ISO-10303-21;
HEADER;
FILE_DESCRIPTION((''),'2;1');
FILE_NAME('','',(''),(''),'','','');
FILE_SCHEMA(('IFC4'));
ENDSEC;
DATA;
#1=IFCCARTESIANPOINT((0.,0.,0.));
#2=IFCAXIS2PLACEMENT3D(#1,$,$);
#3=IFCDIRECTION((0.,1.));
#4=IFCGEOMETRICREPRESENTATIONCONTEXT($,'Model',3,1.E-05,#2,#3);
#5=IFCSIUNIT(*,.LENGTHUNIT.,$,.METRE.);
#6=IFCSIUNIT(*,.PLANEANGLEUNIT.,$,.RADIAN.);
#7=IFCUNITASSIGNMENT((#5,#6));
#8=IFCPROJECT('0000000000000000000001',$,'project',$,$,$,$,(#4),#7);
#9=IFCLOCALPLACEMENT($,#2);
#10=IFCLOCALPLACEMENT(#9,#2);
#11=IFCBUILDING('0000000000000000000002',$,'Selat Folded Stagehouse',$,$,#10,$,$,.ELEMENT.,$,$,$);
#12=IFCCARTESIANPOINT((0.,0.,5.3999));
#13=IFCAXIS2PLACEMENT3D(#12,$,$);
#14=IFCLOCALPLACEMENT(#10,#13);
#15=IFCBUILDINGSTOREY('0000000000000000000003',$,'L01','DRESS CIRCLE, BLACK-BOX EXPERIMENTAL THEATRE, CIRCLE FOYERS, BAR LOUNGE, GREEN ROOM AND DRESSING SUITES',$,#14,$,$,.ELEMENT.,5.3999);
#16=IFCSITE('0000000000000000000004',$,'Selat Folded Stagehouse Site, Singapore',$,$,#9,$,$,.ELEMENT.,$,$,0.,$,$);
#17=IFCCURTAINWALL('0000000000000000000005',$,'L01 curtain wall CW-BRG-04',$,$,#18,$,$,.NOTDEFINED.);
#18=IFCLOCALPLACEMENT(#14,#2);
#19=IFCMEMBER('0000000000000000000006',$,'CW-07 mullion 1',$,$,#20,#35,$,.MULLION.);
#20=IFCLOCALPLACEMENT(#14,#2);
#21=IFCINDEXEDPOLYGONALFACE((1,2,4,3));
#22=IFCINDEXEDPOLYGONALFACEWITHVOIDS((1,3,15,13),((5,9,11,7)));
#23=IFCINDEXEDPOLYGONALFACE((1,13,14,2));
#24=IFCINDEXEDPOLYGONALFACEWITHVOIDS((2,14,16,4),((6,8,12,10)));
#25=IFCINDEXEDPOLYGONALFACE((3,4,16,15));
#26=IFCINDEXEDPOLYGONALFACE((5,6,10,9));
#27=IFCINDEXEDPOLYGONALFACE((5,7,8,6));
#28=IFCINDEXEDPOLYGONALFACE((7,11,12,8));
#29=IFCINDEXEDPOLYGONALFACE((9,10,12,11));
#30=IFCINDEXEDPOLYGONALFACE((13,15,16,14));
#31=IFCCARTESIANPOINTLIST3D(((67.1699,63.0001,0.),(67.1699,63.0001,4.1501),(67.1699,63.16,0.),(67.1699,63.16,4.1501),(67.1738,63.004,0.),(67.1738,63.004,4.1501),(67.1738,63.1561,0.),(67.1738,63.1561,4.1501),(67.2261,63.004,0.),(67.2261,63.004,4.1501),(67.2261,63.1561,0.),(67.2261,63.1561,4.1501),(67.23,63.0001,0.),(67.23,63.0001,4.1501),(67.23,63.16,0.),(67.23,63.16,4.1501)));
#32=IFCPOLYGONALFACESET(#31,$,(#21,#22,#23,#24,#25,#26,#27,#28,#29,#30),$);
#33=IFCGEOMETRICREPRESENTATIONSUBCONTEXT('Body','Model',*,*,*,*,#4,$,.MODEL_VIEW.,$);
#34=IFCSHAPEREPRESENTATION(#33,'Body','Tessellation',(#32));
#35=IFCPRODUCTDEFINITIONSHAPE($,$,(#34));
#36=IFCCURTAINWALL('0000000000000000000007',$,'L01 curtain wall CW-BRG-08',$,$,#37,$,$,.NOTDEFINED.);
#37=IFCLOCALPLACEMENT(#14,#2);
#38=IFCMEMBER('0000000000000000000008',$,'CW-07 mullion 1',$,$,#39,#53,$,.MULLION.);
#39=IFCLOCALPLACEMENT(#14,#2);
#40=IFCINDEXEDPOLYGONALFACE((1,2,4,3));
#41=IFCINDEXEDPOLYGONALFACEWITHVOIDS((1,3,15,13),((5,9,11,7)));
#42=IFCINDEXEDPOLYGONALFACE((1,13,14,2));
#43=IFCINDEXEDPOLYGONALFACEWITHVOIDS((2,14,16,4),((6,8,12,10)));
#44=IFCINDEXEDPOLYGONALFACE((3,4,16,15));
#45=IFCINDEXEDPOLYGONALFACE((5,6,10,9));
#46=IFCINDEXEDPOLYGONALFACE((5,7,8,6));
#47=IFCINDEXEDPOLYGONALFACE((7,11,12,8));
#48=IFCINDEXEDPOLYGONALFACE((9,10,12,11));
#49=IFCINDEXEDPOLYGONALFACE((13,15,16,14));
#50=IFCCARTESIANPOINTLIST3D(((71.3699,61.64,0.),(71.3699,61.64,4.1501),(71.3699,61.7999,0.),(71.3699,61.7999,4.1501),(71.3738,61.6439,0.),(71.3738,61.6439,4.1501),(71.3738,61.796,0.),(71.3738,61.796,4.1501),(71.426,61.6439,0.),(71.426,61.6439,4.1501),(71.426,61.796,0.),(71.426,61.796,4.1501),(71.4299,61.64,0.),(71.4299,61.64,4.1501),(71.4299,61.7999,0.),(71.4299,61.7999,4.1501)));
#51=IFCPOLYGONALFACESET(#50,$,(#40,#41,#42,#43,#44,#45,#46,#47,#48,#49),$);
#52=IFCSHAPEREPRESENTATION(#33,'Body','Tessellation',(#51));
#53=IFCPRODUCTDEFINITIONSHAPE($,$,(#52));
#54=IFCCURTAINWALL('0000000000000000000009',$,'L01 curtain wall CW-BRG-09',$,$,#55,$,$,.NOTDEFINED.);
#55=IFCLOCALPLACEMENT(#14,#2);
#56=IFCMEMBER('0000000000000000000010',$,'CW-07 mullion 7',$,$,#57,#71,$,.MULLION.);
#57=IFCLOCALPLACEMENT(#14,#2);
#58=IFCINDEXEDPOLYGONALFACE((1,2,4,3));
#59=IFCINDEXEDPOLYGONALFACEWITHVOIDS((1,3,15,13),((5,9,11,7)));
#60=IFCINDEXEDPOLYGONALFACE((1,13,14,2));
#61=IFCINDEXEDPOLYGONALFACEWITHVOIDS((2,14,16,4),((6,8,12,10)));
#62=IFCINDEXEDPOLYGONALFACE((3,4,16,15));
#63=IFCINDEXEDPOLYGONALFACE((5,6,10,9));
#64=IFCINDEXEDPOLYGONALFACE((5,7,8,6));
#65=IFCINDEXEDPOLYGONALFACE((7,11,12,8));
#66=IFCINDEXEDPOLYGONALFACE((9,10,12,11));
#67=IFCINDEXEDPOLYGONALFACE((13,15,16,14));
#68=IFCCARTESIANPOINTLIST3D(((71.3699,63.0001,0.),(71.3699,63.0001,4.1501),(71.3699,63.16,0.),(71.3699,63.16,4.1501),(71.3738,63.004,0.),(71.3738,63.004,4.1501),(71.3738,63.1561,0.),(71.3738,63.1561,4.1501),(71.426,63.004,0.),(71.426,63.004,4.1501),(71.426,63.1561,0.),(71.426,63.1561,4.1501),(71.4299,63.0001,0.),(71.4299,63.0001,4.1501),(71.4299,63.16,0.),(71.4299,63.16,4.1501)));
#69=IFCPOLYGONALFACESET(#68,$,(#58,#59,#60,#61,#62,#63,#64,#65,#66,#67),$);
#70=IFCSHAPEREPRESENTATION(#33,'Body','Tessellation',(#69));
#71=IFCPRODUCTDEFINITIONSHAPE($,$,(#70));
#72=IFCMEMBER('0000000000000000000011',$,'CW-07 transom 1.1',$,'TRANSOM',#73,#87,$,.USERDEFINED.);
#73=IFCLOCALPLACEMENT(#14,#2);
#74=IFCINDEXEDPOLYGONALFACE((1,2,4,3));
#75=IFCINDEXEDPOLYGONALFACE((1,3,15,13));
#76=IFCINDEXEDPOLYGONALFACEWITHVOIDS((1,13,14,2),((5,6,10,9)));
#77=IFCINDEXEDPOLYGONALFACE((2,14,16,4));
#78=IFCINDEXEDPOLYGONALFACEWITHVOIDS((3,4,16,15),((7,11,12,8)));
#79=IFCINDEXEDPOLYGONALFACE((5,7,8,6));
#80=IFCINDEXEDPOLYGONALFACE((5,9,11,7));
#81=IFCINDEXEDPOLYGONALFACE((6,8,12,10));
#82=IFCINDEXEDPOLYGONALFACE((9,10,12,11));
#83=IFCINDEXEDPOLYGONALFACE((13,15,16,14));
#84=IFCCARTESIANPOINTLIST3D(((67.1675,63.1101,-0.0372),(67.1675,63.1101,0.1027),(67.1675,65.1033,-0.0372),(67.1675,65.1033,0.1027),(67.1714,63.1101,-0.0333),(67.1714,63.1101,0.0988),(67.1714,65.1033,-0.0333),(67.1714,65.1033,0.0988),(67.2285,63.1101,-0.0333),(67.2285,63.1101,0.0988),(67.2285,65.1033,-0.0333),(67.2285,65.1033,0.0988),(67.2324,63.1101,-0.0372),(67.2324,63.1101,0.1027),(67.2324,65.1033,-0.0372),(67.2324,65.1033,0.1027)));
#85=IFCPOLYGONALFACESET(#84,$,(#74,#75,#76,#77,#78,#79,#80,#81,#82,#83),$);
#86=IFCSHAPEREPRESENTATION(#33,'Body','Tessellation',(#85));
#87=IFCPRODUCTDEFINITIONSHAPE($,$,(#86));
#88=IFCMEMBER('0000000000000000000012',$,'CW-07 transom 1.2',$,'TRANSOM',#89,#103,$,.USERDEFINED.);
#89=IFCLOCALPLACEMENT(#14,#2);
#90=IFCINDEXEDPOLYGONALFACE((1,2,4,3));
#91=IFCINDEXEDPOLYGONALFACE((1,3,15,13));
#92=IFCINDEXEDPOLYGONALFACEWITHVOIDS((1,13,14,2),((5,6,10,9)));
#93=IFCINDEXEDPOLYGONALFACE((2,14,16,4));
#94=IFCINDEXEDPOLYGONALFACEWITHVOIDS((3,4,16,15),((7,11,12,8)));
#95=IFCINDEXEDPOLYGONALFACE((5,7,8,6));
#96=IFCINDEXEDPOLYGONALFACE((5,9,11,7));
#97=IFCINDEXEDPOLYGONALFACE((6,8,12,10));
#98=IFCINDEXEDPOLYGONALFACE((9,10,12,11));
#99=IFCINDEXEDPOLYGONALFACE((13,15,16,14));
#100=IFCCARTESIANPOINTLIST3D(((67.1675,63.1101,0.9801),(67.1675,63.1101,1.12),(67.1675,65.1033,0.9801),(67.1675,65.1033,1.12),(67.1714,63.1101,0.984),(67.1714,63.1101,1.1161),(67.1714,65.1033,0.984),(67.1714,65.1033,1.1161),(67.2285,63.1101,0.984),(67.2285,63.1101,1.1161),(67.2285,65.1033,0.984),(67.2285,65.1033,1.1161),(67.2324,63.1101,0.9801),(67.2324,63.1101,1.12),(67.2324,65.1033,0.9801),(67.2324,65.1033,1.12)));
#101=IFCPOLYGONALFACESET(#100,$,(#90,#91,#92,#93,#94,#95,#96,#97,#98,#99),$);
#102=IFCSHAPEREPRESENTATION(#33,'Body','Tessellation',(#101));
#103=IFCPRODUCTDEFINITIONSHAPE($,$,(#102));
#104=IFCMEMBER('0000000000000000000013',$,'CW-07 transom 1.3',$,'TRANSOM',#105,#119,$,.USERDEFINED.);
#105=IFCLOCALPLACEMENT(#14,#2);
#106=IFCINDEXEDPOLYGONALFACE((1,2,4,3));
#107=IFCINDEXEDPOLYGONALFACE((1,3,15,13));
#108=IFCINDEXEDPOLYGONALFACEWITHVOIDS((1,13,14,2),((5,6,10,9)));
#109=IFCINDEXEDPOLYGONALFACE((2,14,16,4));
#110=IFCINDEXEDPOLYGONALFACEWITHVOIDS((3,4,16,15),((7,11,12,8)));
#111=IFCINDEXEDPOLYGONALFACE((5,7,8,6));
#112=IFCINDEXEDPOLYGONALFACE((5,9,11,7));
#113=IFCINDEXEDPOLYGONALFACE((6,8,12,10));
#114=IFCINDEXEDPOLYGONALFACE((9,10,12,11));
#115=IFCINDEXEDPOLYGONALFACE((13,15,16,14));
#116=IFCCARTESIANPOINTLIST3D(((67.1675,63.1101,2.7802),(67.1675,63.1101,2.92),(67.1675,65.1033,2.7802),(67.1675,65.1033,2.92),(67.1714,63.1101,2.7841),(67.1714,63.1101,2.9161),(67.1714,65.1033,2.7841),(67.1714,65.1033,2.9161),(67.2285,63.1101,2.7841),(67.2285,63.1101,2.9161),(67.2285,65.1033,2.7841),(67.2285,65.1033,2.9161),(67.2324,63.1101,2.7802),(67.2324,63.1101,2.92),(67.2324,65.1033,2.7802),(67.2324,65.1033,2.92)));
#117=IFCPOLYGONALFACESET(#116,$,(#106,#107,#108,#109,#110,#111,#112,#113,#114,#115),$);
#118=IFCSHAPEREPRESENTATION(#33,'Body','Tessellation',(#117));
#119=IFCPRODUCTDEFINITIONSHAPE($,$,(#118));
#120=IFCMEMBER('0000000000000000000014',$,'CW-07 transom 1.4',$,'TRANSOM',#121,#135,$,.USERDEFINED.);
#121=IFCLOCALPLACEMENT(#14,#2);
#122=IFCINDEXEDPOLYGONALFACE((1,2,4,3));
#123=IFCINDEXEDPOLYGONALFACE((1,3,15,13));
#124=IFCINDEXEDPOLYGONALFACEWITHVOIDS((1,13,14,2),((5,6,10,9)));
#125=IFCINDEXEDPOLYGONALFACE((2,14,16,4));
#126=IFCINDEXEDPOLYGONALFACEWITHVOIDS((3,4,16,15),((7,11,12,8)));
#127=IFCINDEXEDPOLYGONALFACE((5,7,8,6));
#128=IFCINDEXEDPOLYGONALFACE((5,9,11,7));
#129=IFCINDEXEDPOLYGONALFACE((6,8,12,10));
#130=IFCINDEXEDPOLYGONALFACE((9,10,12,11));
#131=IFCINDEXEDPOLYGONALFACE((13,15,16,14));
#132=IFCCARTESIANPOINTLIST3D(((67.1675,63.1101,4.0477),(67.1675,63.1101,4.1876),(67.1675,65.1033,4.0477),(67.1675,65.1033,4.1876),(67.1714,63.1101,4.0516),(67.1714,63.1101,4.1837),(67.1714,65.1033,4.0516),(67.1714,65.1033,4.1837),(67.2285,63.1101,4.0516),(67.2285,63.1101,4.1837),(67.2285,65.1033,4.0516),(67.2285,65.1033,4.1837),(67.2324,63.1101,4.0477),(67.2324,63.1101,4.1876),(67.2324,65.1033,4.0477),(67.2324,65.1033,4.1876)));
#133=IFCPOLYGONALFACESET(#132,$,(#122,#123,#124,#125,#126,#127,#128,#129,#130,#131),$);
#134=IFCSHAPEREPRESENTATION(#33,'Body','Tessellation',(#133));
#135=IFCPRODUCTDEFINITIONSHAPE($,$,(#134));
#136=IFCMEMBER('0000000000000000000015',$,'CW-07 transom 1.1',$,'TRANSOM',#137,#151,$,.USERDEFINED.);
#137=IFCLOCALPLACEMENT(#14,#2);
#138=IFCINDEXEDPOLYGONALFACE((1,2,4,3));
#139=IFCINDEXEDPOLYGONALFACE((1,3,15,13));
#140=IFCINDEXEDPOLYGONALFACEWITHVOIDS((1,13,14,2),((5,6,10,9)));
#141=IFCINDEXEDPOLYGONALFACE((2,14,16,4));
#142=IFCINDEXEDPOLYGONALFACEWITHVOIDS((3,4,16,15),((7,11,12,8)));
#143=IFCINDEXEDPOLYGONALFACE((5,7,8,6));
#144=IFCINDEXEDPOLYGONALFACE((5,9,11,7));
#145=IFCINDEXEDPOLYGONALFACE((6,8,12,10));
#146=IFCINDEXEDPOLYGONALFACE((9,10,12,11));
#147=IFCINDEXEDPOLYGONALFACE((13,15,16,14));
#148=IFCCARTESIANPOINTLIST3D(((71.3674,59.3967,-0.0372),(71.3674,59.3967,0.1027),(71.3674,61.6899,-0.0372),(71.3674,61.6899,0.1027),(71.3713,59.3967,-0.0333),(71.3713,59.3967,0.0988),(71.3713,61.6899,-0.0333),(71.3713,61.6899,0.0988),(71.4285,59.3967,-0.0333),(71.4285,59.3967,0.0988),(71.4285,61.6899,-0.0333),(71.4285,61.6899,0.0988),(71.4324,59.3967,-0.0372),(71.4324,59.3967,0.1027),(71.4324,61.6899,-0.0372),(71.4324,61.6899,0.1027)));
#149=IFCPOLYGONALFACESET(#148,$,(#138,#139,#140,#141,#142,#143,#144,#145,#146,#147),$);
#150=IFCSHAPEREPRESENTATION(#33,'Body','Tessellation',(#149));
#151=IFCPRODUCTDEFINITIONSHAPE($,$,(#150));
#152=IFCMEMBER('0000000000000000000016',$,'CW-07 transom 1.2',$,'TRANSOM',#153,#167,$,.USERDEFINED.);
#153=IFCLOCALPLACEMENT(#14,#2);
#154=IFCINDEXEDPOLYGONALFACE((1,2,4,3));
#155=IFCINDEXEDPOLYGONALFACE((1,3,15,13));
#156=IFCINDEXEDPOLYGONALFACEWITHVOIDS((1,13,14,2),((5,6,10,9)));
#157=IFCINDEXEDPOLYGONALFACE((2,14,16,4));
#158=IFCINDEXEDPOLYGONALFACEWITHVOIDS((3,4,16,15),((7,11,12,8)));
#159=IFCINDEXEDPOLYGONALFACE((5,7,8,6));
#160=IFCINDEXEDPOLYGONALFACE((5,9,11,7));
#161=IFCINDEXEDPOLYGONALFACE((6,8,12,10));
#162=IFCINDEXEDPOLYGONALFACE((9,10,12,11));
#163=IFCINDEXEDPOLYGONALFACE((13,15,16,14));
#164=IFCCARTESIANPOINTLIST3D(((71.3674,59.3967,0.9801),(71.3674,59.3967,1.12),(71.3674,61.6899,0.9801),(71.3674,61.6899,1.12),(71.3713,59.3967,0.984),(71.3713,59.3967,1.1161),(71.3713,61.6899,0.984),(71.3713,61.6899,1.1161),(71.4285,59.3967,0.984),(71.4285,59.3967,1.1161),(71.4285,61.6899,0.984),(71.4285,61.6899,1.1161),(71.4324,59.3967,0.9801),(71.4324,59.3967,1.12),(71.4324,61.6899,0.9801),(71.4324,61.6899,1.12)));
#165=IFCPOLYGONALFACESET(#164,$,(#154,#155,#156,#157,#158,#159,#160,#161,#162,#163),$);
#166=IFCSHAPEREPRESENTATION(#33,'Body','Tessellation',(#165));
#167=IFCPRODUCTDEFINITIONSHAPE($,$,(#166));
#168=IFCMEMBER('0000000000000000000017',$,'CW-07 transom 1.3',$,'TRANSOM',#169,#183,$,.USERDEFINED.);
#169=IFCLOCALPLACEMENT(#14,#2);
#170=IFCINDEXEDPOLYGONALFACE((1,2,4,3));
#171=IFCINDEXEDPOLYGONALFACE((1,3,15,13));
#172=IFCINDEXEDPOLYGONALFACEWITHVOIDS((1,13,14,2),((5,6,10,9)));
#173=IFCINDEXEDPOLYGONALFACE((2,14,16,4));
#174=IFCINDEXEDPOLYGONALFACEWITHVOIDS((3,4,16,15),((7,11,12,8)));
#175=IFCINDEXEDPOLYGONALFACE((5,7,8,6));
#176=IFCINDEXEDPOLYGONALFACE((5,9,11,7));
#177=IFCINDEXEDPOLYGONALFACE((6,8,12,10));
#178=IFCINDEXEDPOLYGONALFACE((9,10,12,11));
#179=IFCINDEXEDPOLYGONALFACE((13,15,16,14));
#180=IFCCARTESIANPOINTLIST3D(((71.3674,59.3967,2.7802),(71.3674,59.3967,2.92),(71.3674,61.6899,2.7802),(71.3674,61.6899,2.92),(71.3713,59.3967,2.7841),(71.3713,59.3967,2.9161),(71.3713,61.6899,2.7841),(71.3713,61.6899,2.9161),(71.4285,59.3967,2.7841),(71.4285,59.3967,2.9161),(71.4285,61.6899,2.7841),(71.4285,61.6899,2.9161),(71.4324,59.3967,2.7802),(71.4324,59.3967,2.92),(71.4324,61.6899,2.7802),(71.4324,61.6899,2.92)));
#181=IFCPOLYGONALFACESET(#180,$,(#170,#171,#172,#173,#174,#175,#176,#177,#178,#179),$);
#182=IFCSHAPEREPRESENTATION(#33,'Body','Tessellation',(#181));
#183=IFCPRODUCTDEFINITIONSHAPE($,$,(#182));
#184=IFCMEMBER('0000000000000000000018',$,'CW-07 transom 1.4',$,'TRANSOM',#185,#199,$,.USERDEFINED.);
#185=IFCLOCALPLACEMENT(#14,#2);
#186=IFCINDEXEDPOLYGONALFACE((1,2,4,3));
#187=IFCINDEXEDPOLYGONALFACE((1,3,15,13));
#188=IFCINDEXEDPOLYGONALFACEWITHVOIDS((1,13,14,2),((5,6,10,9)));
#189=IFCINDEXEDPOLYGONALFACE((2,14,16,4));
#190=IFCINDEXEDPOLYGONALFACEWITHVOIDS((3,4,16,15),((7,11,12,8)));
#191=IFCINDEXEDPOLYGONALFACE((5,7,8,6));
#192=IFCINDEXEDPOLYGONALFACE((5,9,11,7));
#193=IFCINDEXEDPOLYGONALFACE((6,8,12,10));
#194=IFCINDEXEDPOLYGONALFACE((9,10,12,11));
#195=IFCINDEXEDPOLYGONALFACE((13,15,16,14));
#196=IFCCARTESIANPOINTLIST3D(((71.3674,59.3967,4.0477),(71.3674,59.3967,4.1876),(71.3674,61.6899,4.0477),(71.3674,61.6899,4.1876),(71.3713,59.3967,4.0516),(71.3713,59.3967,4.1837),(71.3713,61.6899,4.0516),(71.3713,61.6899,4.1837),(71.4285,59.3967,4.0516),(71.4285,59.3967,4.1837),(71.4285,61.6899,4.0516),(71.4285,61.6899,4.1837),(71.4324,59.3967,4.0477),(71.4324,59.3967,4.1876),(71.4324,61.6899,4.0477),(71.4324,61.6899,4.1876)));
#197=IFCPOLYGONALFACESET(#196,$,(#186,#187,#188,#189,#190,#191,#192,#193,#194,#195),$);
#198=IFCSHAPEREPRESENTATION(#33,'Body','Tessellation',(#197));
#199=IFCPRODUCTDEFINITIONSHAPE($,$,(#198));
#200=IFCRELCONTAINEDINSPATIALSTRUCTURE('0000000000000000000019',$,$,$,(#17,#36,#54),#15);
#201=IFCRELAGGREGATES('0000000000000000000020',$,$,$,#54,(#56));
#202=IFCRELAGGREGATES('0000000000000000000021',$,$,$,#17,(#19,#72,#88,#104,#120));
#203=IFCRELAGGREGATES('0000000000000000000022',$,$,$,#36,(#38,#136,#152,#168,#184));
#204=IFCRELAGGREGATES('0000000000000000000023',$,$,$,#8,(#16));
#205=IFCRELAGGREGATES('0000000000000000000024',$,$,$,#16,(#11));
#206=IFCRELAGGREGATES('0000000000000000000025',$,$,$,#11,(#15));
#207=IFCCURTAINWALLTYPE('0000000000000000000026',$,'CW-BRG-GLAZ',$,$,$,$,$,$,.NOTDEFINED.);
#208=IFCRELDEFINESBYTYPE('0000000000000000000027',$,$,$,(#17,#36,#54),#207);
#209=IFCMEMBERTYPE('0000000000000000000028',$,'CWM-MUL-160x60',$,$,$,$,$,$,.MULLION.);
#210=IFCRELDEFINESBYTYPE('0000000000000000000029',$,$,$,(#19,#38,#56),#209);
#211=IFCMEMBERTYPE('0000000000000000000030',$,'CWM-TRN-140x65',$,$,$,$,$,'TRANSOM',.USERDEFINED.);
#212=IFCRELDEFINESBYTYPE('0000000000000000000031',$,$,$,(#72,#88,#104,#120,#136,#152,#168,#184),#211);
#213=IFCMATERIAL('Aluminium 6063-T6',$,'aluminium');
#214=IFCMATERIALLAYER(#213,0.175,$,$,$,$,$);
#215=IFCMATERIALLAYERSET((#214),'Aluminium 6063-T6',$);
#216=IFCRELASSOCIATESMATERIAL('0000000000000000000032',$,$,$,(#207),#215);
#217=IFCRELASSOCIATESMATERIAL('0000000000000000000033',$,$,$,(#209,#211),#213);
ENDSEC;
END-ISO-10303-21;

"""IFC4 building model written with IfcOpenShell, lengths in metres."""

from ifc_helpers import new_model, si_unit, direction, frame, origin, origin_2d, place, context, subcontext, project, spatial, hollow_rectangle, extrude, material, layer, layer_set, material_profile, profile_set, type_object, element, aggregate, save


model = new_model("IFC4")

# Units and contexts
model_context = context("Model", 3, precision=1e-05, world=origin(), true_north=direction((0.0, 1.0)))
body_context = subcontext(model_context, "Body", "Model", "MODEL_VIEW")
ifc_project = project(units=[si_unit("LENGTHUNIT", "METRE"), si_unit("PLANEANGLEUNIT", "RADIAN")], contexts=[model_context])

# Site, building, storey
site_placement = place(None, origin())
site = spatial("IfcSite", under=ifc_project, at=site_placement, Name="Selat Folded Stagehouse Site, Singapore", CompositionType="ELEMENT", RefElevation=0.0)
building_placement = place(site_placement, origin())
building = spatial("IfcBuilding", under=site, at=building_placement, Name="Selat Folded Stagehouse", CompositionType="ELEMENT")
storey_placement = place(building_placement, frame((0.0, 0.0, 5.3999)))
storey = spatial("IfcBuildingStorey", under=building, at=storey_placement, Name="L01", Description="DRESS CIRCLE, BLACK-BOX EXPERIMENTAL THEATRE, CIRCLE FOYERS, BAR LOUNGE, GREEN ROOM AND DRESSING SUITES", CompositionType="ELEMENT", Elevation=5.3999)

# Curtain walls, members
ifc_material_1 = material(Name="Aluminium 6063-T6", Category="aluminium")
ifc_layer_1 = layer(ifc_material_1, 0.175)
ifc_layer_set_1 = layer_set([ifc_layer_1], Name="Aluminium 6063-T6")
curtain_wall_type = type_object("IfcCurtainWallType", Name="CW-BRG-GLAZ", PredefinedType="NOTDEFINED", material=ifc_layer_set_1)
curtain_wall_1_placement = place(storey_placement, origin())
curtain_wall_1 = element("IfcCurtainWall", 1, at=curtain_wall_1_placement, inside=storey, type_object=curtain_wall_type, Name="L01 curtain wall CW-BRG-04", PredefinedType="NOTDEFINED")
ifc_material_profile_1 = material_profile(ifc_material_1, hollow_rectangle(XDim=0.0601, YDim=0.1599, WallThickness=0.0039, at=origin_2d()), Name="ALU 160x60x4.0")
ifc_profile_set_1 = profile_set([ifc_material_profile_1], Name="Aluminium 6063-T6")
member_type_1 = type_object("IfcMemberType", Name="CWM-MUL-160x60", PredefinedType="MULLION", material=ifc_profile_set_1)
member_1_placement = place(storey_placement, frame((67.2, 63.0801, 0.0), z_axis=(0.0, 0.0, 1.0), x_axis=(-1.0, 0.0, 0.0)))
member_1 = element("IfcMember", 2, at=member_1_placement, type_object=member_type_1, Name="CW-07 mullion 1", PredefinedType="MULLION", context=body_context, shape_type="SweptSolid", body=[
    extrude(hollow_rectangle(XDim=0.0601, YDim=0.1599, WallThickness=0.0039, at=origin_2d()), origin(), (0.0, 0.0, 1.0), 4.1501),
])
curtain_wall_2_placement = place(storey_placement, origin())
curtain_wall_2 = element("IfcCurtainWall", 3, at=curtain_wall_2_placement, inside=storey, type_object=curtain_wall_type, Name="L01 curtain wall CW-BRG-08", PredefinedType="NOTDEFINED")
member_2_placement = place(storey_placement, frame((71.3999, 61.72, 0.0), z_axis=(0.0, 0.0, 1.0), x_axis=(1.0, 0.0, 0.0)))
member_2 = element("IfcMember", 4, at=member_2_placement, type_object=member_type_1, Name="CW-07 mullion 1", PredefinedType="MULLION", context=body_context, shape_type="SweptSolid", body=[
    extrude(hollow_rectangle(XDim=0.0601, YDim=0.1599, WallThickness=0.0039, at=origin_2d()), origin(), (0.0, 0.0, 1.0), 4.1501),
])
curtain_wall_3_placement = place(storey_placement, origin())
curtain_wall_3 = element("IfcCurtainWall", 5, at=curtain_wall_3_placement, inside=storey, type_object=curtain_wall_type, Name="L01 curtain wall CW-BRG-09", PredefinedType="NOTDEFINED")
member_3_placement = place(storey_placement, frame((71.3999, 63.0801, 0.0), z_axis=(0.0, 0.0, 1.0), x_axis=(1.0, 0.0, 0.0)))
member_3 = element("IfcMember", 6, at=member_3_placement, type_object=member_type_1, Name="CW-07 mullion 7", PredefinedType="MULLION", context=body_context, shape_type="SweptSolid", body=[
    extrude(hollow_rectangle(XDim=0.0601, YDim=0.1599, WallThickness=0.0039, at=origin_2d()), origin(), (0.0, 0.0, 1.0), 4.1501),
])

# Members
ifc_material_profile_2 = material_profile(ifc_material_1, hollow_rectangle(XDim=0.0649, YDim=0.1399, WallThickness=0.0039, at=origin_2d()), Name="ALU 140x65x4.0")
ifc_profile_set_2 = profile_set([ifc_material_profile_2], Name="Aluminium 6063-T6")
member_type_2 = type_object("IfcMemberType", Name="CWM-TRN-140x65", ElementType="TRANSOM", PredefinedType="USERDEFINED", material=ifc_profile_set_2)
member_4_placement = place(storey_placement, frame((67.2, 63.1101, 0.0327), z_axis=(0.0, 1.0, 0.0), x_axis=(-1.0, 0.0, 0.0)))
member_4 = element("IfcMember", 7, at=member_4_placement, type_object=member_type_2, Name="CW-07 transom 1.1", ObjectType="TRANSOM", PredefinedType="USERDEFINED", context=body_context, shape_type="SweptSolid", body=[
    extrude(hollow_rectangle(XDim=0.0649, YDim=0.1399, WallThickness=0.0039, at=origin_2d()), origin(), (0.0, 0.0, 1.0), 1.9932),
])
member_5_placement = place(storey_placement, frame((67.2, 63.1101, 1.05), z_axis=(0.0, 1.0, 0.0), x_axis=(-1.0, 0.0, 0.0)))
member_5 = element("IfcMember", 8, at=member_5_placement, type_object=member_type_2, Name="CW-07 transom 1.2", ObjectType="TRANSOM", PredefinedType="USERDEFINED", context=body_context, shape_type="SweptSolid", body=[
    extrude(hollow_rectangle(XDim=0.0649, YDim=0.1399, WallThickness=0.0039, at=origin_2d()), origin(), (0.0, 0.0, 1.0), 1.9932),
])
member_6_placement = place(storey_placement, frame((67.2, 63.1101, 2.8501), z_axis=(0.0, 1.0, 0.0), x_axis=(-1.0, 0.0, 0.0)))
member_6 = element("IfcMember", 9, at=member_6_placement, type_object=member_type_2, Name="CW-07 transom 1.3", ObjectType="TRANSOM", PredefinedType="USERDEFINED", context=body_context, shape_type="SweptSolid", body=[
    extrude(hollow_rectangle(XDim=0.0649, YDim=0.1399, WallThickness=0.0039, at=origin_2d()), origin(), (0.0, 0.0, 1.0), 1.9932),
])
member_7_placement = place(storey_placement, frame((67.2, 63.1101, 4.1177), z_axis=(0.0, 1.0, 0.0), x_axis=(-1.0, 0.0, 0.0)))
member_7 = element("IfcMember", 10, at=member_7_placement, type_object=member_type_2, Name="CW-07 transom 1.4", ObjectType="TRANSOM", PredefinedType="USERDEFINED", context=body_context, shape_type="SweptSolid", body=[
    extrude(hollow_rectangle(XDim=0.0649, YDim=0.1399, WallThickness=0.0039, at=origin_2d()), origin(), (0.0, 0.0, 1.0), 1.9932),
])
member_8_placement = place(storey_placement, frame((71.3999, 61.6899, 0.0327), z_axis=(0.0, -1.0, 0.0), x_axis=(1.0, 0.0, 0.0)))
member_8 = element("IfcMember", 11, at=member_8_placement, type_object=member_type_2, Name="CW-07 transom 1.1", ObjectType="TRANSOM", PredefinedType="USERDEFINED", context=body_context, shape_type="SweptSolid", body=[
    extrude(hollow_rectangle(XDim=0.0649, YDim=0.1399, WallThickness=0.0039, at=origin_2d()), origin(), (0.0, 0.0, 1.0), 2.2932),
])
member_9_placement = place(storey_placement, frame((71.3999, 61.6899, 1.05), z_axis=(0.0, -1.0, 0.0), x_axis=(1.0, 0.0, 0.0)))
member_9 = element("IfcMember", 12, at=member_9_placement, type_object=member_type_2, Name="CW-07 transom 1.2", ObjectType="TRANSOM", PredefinedType="USERDEFINED", context=body_context, shape_type="SweptSolid", body=[
    extrude(hollow_rectangle(XDim=0.0649, YDim=0.1399, WallThickness=0.0039, at=origin_2d()), origin(), (0.0, 0.0, 1.0), 2.2932),
])
member_10_placement = place(storey_placement, frame((71.3999, 61.6899, 2.8501), z_axis=(0.0, -1.0, 0.0), x_axis=(1.0, 0.0, 0.0)))
member_10 = element("IfcMember", 13, at=member_10_placement, type_object=member_type_2, Name="CW-07 transom 1.3", ObjectType="TRANSOM", PredefinedType="USERDEFINED", context=body_context, shape_type="SweptSolid", body=[
    extrude(hollow_rectangle(XDim=0.0649, YDim=0.1399, WallThickness=0.0039, at=origin_2d()), origin(), (0.0, 0.0, 1.0), 2.2932),
])
member_11_placement = place(storey_placement, frame((71.3999, 61.6899, 4.1177), z_axis=(0.0, -1.0, 0.0), x_axis=(1.0, 0.0, 0.0)))
member_11 = element("IfcMember", 14, at=member_11_placement, type_object=member_type_2, Name="CW-07 transom 1.4", ObjectType="TRANSOM", PredefinedType="USERDEFINED", context=body_context, shape_type="SweptSolid", body=[
    extrude(hollow_rectangle(XDim=0.0649, YDim=0.1399, WallThickness=0.0039, at=origin_2d()), origin(), (0.0, 0.0, 1.0), 2.2932),
])

aggregate(curtain_wall_3, [member_3])
aggregate(curtain_wall_1, [member_1, member_4, member_5, member_6, member_7])
aggregate(curtain_wall_2, [member_2, member_8, member_9, member_10, member_11])

save(model, "model.ifc")
